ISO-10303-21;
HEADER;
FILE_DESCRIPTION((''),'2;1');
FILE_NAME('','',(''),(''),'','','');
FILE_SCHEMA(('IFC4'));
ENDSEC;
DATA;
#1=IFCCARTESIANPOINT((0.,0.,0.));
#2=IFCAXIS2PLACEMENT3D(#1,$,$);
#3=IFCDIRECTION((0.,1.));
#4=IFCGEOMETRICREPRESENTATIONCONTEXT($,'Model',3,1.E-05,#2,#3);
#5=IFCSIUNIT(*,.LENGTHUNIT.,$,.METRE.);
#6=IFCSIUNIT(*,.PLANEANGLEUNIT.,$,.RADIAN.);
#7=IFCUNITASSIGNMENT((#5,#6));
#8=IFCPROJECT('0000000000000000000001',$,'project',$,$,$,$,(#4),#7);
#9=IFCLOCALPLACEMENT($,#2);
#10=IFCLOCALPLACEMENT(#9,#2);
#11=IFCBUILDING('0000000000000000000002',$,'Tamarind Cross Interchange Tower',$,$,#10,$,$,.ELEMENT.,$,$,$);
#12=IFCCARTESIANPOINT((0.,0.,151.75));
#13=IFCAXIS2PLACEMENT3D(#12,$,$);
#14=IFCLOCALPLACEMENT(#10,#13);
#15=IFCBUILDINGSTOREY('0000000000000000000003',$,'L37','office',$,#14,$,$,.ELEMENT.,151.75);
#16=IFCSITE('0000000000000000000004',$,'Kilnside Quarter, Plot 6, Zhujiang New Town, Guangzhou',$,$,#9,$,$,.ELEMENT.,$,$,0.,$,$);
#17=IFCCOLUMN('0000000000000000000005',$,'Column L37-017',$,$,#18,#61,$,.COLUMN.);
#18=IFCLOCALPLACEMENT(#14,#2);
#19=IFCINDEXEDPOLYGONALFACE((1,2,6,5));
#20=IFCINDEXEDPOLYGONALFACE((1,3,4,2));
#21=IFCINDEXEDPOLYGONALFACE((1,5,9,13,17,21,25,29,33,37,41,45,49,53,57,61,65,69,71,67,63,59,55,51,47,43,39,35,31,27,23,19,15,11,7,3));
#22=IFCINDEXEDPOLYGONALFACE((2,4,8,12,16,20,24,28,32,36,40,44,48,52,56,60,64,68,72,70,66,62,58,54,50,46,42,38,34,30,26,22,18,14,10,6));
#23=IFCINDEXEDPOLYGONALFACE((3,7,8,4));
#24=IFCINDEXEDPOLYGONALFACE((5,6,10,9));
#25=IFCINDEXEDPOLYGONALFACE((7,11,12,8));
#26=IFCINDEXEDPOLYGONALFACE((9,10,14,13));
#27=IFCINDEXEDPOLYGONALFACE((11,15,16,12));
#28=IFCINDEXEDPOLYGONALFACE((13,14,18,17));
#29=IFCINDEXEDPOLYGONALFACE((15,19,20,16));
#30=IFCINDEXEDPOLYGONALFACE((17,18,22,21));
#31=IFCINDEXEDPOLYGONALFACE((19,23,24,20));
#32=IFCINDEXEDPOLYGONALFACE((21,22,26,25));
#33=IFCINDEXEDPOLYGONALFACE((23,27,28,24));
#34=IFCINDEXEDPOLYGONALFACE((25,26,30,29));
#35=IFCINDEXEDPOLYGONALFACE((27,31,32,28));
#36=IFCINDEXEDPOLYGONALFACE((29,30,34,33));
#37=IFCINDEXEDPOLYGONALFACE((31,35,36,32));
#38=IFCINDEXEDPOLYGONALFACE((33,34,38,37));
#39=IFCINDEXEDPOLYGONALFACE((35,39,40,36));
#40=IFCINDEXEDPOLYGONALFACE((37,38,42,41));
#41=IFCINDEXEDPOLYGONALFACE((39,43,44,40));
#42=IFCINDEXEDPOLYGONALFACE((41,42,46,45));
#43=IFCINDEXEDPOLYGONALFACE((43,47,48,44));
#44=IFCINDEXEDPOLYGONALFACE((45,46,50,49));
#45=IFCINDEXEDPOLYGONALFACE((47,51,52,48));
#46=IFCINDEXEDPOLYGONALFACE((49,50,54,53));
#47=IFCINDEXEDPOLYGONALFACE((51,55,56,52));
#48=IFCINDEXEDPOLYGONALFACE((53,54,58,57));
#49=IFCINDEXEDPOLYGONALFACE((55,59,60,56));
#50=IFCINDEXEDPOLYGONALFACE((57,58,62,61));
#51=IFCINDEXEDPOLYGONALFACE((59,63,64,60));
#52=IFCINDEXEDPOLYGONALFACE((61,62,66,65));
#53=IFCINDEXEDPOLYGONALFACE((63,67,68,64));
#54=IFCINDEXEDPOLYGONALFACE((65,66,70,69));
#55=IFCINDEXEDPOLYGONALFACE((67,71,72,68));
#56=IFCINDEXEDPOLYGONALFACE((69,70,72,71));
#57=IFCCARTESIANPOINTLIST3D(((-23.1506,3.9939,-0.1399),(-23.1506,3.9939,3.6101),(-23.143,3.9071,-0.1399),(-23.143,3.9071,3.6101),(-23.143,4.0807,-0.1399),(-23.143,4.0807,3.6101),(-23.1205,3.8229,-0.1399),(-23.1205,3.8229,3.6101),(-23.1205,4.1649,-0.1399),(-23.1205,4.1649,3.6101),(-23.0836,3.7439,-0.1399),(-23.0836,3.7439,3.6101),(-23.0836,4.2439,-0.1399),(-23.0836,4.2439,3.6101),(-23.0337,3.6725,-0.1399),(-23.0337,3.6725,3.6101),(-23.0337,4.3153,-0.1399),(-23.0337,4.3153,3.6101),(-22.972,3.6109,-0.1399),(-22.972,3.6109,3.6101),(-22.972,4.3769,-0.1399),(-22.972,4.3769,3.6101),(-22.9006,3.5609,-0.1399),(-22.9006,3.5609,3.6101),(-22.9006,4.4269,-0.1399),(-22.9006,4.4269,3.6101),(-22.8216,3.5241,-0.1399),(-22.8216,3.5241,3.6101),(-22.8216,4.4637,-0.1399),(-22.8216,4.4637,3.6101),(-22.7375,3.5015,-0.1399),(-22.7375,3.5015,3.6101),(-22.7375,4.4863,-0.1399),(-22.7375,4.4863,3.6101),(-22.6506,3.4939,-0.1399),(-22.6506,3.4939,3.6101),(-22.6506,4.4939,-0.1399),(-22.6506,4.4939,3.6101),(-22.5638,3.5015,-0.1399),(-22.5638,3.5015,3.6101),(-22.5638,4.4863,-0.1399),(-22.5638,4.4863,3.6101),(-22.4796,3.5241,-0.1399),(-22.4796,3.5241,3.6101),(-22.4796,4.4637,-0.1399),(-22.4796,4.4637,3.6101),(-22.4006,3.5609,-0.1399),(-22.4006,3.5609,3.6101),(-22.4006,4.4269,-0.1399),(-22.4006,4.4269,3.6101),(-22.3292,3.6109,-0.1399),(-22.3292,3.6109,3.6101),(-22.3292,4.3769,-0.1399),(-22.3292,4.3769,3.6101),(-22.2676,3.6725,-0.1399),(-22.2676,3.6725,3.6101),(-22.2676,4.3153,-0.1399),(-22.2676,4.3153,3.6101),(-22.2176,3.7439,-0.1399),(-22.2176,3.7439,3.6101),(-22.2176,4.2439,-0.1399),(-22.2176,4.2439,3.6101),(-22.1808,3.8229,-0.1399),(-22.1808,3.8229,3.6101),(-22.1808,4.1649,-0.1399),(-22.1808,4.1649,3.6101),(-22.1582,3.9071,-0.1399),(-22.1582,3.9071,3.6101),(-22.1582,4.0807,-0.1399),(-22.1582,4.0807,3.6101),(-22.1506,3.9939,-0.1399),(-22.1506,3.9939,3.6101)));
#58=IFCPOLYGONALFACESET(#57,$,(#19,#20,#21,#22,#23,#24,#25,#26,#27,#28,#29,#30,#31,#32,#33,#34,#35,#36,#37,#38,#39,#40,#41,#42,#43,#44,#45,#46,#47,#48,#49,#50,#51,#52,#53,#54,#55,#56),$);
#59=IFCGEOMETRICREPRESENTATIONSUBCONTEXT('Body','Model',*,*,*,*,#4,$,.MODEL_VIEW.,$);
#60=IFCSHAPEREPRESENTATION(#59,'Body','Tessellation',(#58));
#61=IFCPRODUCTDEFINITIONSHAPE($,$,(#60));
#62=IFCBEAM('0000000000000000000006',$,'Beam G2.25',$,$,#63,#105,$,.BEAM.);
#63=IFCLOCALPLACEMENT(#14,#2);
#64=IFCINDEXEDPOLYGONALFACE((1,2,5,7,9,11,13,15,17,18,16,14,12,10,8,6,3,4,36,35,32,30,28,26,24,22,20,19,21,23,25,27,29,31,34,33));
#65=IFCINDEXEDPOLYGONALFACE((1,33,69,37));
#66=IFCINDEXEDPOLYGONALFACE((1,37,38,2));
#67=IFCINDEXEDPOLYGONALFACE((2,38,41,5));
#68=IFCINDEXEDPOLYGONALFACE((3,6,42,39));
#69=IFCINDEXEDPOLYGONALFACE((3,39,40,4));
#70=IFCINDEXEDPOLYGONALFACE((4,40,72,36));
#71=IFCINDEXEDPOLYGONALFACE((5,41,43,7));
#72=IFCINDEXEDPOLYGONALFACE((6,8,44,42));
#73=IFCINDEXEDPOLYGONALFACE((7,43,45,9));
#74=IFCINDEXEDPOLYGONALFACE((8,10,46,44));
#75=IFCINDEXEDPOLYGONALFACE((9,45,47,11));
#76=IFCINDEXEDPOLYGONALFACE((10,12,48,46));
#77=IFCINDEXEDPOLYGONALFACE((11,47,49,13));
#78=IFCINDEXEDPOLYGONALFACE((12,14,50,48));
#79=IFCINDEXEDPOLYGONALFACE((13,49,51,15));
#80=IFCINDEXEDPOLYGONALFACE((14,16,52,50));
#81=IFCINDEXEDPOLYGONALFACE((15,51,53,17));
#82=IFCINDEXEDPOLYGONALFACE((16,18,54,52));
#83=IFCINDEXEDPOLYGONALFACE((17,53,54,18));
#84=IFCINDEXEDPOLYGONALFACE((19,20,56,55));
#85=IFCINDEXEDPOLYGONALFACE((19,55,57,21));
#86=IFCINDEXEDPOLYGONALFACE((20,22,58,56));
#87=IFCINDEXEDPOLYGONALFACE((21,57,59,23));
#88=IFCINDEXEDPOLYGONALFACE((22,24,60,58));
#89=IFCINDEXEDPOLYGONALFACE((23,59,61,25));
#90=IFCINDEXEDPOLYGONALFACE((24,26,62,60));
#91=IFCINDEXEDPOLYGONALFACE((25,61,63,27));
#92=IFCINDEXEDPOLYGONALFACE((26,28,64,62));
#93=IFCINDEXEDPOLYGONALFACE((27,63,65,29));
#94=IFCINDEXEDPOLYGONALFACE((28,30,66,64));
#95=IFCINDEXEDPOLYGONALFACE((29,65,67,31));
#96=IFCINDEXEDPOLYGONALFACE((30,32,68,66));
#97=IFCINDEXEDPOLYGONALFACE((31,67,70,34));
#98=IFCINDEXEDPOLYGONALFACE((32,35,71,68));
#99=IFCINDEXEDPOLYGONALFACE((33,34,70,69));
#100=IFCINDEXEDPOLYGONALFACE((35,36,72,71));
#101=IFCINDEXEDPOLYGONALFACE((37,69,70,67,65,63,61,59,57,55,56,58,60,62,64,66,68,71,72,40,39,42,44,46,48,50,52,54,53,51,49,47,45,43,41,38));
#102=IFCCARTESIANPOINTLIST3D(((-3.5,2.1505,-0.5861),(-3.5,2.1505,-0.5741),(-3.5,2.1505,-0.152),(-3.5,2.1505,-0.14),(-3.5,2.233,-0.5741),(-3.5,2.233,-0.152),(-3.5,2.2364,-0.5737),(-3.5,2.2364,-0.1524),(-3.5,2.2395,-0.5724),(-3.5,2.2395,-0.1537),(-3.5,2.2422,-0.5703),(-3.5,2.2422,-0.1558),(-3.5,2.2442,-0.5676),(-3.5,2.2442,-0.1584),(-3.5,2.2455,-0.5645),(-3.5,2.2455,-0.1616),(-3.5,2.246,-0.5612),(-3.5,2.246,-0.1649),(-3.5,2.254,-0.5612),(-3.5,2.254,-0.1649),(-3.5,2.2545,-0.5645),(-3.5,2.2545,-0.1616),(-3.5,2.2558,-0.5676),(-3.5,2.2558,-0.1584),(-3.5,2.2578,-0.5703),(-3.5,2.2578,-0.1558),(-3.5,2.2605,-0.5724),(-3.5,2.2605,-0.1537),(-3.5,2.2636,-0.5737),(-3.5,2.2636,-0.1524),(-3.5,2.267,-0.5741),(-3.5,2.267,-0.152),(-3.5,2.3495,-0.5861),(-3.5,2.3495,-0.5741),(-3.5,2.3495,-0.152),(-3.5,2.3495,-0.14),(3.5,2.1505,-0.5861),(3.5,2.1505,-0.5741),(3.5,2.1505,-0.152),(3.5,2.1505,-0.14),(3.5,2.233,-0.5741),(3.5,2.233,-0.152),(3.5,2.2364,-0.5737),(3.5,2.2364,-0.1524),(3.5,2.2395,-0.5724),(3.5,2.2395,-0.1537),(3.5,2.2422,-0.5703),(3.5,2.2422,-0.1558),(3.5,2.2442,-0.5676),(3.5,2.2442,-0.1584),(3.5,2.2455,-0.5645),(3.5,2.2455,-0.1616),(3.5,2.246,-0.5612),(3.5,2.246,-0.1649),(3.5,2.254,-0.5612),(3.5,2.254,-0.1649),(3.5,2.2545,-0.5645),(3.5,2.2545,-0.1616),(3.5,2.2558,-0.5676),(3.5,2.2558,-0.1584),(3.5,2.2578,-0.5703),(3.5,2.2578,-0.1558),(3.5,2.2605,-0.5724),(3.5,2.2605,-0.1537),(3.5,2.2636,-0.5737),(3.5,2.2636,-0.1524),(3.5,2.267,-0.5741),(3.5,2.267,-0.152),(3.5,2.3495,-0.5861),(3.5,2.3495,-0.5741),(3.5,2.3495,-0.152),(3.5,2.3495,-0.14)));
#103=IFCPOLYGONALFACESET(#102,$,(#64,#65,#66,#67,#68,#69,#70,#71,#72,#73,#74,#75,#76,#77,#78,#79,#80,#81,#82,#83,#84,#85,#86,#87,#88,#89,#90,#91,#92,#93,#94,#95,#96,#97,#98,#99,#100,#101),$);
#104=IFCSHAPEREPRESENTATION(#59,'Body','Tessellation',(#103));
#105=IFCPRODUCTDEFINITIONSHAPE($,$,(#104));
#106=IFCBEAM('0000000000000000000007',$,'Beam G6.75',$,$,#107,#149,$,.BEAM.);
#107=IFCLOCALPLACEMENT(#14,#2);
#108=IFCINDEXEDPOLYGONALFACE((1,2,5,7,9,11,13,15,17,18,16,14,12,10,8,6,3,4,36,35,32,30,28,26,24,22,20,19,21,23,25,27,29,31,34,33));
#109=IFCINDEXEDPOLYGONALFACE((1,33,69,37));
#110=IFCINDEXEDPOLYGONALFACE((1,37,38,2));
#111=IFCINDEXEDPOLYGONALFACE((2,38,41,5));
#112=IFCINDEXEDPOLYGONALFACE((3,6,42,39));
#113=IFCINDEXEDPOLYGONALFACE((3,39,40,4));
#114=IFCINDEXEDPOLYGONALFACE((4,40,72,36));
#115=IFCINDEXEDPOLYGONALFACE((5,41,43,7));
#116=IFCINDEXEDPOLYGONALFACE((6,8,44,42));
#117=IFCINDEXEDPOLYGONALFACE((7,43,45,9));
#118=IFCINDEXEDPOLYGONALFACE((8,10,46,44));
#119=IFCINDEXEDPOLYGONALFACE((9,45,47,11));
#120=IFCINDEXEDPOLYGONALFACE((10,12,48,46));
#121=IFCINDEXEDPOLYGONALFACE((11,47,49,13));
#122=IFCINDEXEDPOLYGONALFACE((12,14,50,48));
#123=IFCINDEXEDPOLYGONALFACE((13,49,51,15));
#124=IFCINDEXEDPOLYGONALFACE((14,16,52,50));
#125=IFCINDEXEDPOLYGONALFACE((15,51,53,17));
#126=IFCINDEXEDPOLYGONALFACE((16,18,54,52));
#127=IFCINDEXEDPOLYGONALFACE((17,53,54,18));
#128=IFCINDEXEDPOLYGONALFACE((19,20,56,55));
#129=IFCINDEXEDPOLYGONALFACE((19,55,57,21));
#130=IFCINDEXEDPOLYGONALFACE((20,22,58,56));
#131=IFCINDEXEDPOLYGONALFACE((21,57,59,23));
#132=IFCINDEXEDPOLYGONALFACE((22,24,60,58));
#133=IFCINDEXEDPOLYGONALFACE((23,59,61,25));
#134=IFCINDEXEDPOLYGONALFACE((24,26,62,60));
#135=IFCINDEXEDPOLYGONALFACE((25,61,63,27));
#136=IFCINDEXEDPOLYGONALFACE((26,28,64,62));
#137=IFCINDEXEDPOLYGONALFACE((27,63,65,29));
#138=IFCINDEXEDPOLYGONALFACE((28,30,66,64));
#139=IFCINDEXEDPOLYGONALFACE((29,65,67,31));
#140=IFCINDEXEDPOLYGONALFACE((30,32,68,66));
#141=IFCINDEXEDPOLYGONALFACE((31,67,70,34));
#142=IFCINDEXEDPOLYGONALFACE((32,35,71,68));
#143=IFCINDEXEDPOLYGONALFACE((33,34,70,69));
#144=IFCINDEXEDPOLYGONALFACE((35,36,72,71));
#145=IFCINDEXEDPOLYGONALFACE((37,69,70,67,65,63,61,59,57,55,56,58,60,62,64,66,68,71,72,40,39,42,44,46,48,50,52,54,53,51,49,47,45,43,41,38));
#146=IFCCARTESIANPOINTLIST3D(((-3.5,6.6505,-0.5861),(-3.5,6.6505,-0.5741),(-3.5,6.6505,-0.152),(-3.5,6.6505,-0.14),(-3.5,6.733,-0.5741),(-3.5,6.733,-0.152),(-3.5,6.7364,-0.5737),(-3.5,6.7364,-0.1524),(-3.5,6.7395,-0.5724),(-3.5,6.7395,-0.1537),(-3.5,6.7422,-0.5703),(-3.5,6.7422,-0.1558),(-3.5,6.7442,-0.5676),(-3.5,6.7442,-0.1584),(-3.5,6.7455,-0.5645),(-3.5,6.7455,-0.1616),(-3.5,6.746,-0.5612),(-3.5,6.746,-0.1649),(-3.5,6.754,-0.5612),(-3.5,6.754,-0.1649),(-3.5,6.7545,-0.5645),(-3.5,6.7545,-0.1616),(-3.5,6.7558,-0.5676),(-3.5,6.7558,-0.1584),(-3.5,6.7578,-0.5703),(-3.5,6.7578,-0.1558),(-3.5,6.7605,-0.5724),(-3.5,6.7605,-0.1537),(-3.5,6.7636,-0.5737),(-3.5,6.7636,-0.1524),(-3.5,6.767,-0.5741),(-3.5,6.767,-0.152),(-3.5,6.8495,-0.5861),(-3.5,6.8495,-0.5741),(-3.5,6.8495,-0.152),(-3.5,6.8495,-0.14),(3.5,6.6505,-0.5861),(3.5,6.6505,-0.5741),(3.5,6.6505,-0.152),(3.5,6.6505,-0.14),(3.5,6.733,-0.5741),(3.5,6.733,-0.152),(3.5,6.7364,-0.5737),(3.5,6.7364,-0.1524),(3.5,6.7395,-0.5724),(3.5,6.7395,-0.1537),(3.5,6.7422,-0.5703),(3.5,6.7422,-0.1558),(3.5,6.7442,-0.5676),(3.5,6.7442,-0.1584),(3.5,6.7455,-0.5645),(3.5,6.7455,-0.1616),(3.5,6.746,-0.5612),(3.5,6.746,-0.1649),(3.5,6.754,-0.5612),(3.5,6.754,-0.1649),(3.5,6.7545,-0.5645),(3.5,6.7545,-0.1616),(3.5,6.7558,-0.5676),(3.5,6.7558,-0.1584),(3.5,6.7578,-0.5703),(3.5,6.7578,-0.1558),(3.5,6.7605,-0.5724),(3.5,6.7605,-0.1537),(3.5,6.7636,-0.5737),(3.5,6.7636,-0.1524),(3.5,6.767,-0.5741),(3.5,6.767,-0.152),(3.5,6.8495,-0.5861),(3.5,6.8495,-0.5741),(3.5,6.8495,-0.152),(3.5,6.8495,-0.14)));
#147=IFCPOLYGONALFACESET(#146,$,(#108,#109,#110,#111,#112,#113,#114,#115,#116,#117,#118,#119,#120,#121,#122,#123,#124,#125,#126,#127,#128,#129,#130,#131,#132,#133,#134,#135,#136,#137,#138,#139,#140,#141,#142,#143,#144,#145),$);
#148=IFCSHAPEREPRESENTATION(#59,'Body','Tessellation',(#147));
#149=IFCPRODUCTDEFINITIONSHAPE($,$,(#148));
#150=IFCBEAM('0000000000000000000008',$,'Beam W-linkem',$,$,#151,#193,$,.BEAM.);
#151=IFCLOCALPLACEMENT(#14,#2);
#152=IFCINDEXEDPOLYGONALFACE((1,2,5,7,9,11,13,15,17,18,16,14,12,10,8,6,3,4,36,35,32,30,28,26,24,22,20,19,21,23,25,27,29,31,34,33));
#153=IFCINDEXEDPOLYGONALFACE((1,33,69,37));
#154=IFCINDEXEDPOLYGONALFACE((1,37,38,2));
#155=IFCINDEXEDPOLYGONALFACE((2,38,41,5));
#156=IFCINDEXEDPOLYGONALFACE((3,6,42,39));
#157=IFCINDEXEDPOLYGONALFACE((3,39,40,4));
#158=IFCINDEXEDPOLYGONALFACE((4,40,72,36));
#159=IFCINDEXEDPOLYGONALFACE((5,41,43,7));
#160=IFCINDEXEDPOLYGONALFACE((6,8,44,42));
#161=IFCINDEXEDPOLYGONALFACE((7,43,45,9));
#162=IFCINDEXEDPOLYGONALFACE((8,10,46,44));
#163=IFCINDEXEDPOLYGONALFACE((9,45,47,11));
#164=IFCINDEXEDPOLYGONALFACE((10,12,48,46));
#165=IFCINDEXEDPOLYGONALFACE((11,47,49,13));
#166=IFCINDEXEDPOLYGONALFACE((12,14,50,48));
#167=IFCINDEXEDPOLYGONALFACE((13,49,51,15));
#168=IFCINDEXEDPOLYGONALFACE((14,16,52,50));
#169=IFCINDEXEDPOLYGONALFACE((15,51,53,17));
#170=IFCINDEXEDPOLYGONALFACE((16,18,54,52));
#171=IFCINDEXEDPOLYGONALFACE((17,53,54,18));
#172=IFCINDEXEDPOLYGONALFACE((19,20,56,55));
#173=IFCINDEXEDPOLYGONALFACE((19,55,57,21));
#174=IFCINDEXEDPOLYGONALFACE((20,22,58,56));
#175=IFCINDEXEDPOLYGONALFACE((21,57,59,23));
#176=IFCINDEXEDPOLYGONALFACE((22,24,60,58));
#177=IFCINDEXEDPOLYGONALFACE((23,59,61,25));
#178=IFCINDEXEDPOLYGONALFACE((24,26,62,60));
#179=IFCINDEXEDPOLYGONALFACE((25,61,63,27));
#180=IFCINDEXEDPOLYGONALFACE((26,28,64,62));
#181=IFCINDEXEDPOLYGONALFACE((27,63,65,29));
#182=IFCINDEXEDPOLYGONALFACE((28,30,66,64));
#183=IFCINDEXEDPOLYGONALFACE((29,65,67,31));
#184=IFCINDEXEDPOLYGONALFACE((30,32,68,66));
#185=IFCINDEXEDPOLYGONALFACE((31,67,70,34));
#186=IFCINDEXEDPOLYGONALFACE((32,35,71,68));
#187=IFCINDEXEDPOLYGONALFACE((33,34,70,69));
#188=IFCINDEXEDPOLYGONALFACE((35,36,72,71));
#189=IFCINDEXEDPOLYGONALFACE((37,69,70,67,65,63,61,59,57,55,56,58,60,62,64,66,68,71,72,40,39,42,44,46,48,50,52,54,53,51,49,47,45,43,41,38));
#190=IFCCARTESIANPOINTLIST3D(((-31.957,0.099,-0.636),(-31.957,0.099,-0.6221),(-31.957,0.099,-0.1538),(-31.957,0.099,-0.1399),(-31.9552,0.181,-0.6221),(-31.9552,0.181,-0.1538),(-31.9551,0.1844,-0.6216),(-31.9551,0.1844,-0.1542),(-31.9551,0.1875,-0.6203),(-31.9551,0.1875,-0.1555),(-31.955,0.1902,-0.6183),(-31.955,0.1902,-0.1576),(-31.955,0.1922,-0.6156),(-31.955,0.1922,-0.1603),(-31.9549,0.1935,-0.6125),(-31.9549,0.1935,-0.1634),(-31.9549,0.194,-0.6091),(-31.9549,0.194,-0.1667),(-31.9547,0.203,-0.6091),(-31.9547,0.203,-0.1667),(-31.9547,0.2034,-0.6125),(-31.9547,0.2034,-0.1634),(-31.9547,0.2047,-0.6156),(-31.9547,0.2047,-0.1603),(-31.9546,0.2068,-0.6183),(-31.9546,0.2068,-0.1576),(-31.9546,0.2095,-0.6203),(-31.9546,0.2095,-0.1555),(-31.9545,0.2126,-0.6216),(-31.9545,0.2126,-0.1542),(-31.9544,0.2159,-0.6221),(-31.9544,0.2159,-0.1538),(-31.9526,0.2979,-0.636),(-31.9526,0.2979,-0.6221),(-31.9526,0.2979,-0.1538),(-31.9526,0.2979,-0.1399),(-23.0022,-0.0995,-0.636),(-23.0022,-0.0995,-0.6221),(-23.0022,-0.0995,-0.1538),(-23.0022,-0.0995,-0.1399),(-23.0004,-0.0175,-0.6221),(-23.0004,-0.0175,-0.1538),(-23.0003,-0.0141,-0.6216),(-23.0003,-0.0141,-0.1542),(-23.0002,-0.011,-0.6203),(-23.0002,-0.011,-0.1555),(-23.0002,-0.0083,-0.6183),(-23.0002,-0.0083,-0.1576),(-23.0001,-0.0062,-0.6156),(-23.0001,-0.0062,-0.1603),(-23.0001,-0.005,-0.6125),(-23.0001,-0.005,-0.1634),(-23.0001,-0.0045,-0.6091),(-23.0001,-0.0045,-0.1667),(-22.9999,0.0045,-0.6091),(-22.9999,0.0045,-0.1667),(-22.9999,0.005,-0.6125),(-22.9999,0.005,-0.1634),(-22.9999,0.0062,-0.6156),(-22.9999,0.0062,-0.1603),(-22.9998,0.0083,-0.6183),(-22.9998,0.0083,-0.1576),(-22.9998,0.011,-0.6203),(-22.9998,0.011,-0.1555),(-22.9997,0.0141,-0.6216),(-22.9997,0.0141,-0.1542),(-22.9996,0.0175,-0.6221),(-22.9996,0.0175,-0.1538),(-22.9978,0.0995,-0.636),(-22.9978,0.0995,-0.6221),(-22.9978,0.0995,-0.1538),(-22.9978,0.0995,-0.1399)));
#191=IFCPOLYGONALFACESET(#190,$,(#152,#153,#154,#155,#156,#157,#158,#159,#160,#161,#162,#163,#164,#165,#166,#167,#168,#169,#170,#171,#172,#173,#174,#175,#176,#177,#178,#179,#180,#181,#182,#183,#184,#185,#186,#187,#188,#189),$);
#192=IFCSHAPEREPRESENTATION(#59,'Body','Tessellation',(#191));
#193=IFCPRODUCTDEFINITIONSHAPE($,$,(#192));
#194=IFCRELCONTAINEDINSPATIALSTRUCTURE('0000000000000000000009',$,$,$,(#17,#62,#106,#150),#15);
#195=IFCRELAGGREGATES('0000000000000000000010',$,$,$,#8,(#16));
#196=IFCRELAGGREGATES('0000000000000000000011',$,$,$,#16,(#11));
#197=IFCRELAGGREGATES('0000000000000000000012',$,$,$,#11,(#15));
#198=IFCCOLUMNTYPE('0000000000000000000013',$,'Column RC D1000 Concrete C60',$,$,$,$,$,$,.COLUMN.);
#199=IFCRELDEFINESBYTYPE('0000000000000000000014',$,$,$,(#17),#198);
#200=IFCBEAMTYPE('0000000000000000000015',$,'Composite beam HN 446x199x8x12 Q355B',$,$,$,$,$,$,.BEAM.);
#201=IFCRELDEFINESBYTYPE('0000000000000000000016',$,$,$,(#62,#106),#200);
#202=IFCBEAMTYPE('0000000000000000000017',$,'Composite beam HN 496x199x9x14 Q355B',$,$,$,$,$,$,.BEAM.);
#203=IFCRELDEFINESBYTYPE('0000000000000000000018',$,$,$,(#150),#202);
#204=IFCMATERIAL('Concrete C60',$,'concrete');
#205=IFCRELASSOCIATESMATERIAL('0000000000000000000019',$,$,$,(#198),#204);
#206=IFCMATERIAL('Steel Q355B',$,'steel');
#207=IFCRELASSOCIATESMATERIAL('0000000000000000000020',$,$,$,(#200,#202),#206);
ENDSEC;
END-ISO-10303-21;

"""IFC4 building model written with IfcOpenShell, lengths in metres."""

from ifc_helpers import new_model, si_unit, direction, frame, origin, origin_2d, place, context, subcontext, project, spatial, circle, i_section, extrude, material, material_profile, profile_set, type_object, element, save


model = new_model("IFC4")

# Units and contexts
model_context = context("Model", 3, precision=1e-05, world=origin(), true_north=direction((0.0, 1.0)))
body_context = subcontext(model_context, "Body", "Model", "MODEL_VIEW")
ifc_project = project(units=[si_unit("LENGTHUNIT", "METRE"), si_unit("PLANEANGLEUNIT", "RADIAN")], contexts=[model_context])

# Site, building, storey
site_placement = place(None, origin())
site = spatial("IfcSite", under=ifc_project, at=site_placement, Name="Kilnside Quarter, Plot 6, Zhujiang New Town, Guangzhou", CompositionType="ELEMENT", RefElevation=0.0)
building_placement = place(site_placement, origin())
building = spatial("IfcBuilding", under=site, at=building_placement, Name="Tamarind Cross Interchange Tower", CompositionType="ELEMENT")
storey_placement = place(building_placement, frame((0.0, 0.0, 151.75)))
storey = spatial("IfcBuildingStorey", under=building, at=storey_placement, Name="L37", Description="office", CompositionType="ELEMENT", Elevation=151.75)

# Column
ifc_material_1 = material(Name="Concrete C60", Category="concrete")
ifc_material_profile_1 = material_profile(ifc_material_1, circle(Radius=0.5, at=origin_2d()), Name="RC D1000")
ifc_profile_set_1 = profile_set([ifc_material_profile_1], Name="Concrete C60")
column_type_1 = type_object("IfcColumnType", Name="Column RC D1000 Concrete C60", PredefinedType="COLUMN", material=ifc_profile_set_1)
for number, where, z_axis, x_axis, name in (
    (1, (-22.6506, 3.9939, -0.1399), (0.0, 0.0, 1.0), (1.0, 0.0, 0.0), "Column L37-017"),
):
    element("IfcColumn", number, at=place(storey_placement, frame(where, z_axis=z_axis, x_axis=x_axis)), inside=storey, type_object=column_type_1, Name=name, PredefinedType="COLUMN", context=body_context, shape_type="SweptSolid", body=[
        extrude(circle(Radius=0.5, at=origin_2d()), origin(), (0.0, 0.0, 1.0), 3.75),
    ])

# Beams
ifc_material_2 = material(Name="Steel Q355B", Category="steel")
ifc_material_profile_2 = material_profile(ifc_material_2, i_section(OverallWidth=0.199, OverallDepth=0.446, WebThickness=0.0081, FlangeThickness=0.012, FilletRadius=0.0129, at=origin_2d()), Name="HN 446x199x8x12")
ifc_profile_set_2 = profile_set([ifc_material_profile_2], Name="Steel Q355B")
beam_type_1 = type_object("IfcBeamType", Name="Composite beam HN 446x199x8x12 Q355B", PredefinedType="BEAM", material=ifc_profile_set_2)
for number, where, z_axis, x_axis, name in (
    (2, (-3.5, 2.25, -0.363), (1.0, 0.0, 0.0), (0.0, 1.0, 0.0), "Beam G2.25"),
    (3, (-3.5, 6.75, -0.363), (1.0, 0.0, 0.0), (0.0, 1.0, 0.0), "Beam G6.75"),
):
    element("IfcBeam", number, at=place(storey_placement, frame(where, z_axis=z_axis, x_axis=x_axis)), inside=storey, type_object=beam_type_1, Name=name, PredefinedType="BEAM", context=body_context, shape_type="SweptSolid", body=[
        extrude(i_section(OverallWidth=0.199, OverallDepth=0.446, WebThickness=0.0081, FlangeThickness=0.012, FilletRadius=0.0129, at=origin_2d()), origin(), (0.0, 0.0, 1.0), 7.0),
    ])
ifc_material_profile_3 = material_profile(ifc_material_2, i_section(OverallWidth=0.199, OverallDepth=0.4961, WebThickness=0.009, FlangeThickness=0.0139, FilletRadius=0.0129, at=origin_2d()), Name="HN 496x199x9x14")
ifc_profile_set_3 = profile_set([ifc_material_profile_3], Name="Steel Q355B")
beam_type_2 = type_object("IfcBeamType", Name="Composite beam HN 496x199x9x14 Q355B", PredefinedType="BEAM", material=ifc_profile_set_3)
beam_1_placement = place(storey_placement, frame((-31.9548, 0.1985, -0.3879), z_axis=(0.999754, -0.02216, 0.0), x_axis=(0.02216, 0.999754, 0.0)))
element("IfcBeam", 4, at=beam_1_placement, inside=storey, type_object=beam_type_2, Name="Beam W-linkem", PredefinedType="BEAM", context=body_context, shape_type="SweptSolid", body=[
    extrude(i_section(OverallWidth=0.199, OverallDepth=0.4961, WebThickness=0.009, FlangeThickness=0.0139, FilletRadius=0.0129, at=origin_2d()), origin(), (0.0, 0.0, 1.0), 8.957),
])

save(model, "model.ifc")
